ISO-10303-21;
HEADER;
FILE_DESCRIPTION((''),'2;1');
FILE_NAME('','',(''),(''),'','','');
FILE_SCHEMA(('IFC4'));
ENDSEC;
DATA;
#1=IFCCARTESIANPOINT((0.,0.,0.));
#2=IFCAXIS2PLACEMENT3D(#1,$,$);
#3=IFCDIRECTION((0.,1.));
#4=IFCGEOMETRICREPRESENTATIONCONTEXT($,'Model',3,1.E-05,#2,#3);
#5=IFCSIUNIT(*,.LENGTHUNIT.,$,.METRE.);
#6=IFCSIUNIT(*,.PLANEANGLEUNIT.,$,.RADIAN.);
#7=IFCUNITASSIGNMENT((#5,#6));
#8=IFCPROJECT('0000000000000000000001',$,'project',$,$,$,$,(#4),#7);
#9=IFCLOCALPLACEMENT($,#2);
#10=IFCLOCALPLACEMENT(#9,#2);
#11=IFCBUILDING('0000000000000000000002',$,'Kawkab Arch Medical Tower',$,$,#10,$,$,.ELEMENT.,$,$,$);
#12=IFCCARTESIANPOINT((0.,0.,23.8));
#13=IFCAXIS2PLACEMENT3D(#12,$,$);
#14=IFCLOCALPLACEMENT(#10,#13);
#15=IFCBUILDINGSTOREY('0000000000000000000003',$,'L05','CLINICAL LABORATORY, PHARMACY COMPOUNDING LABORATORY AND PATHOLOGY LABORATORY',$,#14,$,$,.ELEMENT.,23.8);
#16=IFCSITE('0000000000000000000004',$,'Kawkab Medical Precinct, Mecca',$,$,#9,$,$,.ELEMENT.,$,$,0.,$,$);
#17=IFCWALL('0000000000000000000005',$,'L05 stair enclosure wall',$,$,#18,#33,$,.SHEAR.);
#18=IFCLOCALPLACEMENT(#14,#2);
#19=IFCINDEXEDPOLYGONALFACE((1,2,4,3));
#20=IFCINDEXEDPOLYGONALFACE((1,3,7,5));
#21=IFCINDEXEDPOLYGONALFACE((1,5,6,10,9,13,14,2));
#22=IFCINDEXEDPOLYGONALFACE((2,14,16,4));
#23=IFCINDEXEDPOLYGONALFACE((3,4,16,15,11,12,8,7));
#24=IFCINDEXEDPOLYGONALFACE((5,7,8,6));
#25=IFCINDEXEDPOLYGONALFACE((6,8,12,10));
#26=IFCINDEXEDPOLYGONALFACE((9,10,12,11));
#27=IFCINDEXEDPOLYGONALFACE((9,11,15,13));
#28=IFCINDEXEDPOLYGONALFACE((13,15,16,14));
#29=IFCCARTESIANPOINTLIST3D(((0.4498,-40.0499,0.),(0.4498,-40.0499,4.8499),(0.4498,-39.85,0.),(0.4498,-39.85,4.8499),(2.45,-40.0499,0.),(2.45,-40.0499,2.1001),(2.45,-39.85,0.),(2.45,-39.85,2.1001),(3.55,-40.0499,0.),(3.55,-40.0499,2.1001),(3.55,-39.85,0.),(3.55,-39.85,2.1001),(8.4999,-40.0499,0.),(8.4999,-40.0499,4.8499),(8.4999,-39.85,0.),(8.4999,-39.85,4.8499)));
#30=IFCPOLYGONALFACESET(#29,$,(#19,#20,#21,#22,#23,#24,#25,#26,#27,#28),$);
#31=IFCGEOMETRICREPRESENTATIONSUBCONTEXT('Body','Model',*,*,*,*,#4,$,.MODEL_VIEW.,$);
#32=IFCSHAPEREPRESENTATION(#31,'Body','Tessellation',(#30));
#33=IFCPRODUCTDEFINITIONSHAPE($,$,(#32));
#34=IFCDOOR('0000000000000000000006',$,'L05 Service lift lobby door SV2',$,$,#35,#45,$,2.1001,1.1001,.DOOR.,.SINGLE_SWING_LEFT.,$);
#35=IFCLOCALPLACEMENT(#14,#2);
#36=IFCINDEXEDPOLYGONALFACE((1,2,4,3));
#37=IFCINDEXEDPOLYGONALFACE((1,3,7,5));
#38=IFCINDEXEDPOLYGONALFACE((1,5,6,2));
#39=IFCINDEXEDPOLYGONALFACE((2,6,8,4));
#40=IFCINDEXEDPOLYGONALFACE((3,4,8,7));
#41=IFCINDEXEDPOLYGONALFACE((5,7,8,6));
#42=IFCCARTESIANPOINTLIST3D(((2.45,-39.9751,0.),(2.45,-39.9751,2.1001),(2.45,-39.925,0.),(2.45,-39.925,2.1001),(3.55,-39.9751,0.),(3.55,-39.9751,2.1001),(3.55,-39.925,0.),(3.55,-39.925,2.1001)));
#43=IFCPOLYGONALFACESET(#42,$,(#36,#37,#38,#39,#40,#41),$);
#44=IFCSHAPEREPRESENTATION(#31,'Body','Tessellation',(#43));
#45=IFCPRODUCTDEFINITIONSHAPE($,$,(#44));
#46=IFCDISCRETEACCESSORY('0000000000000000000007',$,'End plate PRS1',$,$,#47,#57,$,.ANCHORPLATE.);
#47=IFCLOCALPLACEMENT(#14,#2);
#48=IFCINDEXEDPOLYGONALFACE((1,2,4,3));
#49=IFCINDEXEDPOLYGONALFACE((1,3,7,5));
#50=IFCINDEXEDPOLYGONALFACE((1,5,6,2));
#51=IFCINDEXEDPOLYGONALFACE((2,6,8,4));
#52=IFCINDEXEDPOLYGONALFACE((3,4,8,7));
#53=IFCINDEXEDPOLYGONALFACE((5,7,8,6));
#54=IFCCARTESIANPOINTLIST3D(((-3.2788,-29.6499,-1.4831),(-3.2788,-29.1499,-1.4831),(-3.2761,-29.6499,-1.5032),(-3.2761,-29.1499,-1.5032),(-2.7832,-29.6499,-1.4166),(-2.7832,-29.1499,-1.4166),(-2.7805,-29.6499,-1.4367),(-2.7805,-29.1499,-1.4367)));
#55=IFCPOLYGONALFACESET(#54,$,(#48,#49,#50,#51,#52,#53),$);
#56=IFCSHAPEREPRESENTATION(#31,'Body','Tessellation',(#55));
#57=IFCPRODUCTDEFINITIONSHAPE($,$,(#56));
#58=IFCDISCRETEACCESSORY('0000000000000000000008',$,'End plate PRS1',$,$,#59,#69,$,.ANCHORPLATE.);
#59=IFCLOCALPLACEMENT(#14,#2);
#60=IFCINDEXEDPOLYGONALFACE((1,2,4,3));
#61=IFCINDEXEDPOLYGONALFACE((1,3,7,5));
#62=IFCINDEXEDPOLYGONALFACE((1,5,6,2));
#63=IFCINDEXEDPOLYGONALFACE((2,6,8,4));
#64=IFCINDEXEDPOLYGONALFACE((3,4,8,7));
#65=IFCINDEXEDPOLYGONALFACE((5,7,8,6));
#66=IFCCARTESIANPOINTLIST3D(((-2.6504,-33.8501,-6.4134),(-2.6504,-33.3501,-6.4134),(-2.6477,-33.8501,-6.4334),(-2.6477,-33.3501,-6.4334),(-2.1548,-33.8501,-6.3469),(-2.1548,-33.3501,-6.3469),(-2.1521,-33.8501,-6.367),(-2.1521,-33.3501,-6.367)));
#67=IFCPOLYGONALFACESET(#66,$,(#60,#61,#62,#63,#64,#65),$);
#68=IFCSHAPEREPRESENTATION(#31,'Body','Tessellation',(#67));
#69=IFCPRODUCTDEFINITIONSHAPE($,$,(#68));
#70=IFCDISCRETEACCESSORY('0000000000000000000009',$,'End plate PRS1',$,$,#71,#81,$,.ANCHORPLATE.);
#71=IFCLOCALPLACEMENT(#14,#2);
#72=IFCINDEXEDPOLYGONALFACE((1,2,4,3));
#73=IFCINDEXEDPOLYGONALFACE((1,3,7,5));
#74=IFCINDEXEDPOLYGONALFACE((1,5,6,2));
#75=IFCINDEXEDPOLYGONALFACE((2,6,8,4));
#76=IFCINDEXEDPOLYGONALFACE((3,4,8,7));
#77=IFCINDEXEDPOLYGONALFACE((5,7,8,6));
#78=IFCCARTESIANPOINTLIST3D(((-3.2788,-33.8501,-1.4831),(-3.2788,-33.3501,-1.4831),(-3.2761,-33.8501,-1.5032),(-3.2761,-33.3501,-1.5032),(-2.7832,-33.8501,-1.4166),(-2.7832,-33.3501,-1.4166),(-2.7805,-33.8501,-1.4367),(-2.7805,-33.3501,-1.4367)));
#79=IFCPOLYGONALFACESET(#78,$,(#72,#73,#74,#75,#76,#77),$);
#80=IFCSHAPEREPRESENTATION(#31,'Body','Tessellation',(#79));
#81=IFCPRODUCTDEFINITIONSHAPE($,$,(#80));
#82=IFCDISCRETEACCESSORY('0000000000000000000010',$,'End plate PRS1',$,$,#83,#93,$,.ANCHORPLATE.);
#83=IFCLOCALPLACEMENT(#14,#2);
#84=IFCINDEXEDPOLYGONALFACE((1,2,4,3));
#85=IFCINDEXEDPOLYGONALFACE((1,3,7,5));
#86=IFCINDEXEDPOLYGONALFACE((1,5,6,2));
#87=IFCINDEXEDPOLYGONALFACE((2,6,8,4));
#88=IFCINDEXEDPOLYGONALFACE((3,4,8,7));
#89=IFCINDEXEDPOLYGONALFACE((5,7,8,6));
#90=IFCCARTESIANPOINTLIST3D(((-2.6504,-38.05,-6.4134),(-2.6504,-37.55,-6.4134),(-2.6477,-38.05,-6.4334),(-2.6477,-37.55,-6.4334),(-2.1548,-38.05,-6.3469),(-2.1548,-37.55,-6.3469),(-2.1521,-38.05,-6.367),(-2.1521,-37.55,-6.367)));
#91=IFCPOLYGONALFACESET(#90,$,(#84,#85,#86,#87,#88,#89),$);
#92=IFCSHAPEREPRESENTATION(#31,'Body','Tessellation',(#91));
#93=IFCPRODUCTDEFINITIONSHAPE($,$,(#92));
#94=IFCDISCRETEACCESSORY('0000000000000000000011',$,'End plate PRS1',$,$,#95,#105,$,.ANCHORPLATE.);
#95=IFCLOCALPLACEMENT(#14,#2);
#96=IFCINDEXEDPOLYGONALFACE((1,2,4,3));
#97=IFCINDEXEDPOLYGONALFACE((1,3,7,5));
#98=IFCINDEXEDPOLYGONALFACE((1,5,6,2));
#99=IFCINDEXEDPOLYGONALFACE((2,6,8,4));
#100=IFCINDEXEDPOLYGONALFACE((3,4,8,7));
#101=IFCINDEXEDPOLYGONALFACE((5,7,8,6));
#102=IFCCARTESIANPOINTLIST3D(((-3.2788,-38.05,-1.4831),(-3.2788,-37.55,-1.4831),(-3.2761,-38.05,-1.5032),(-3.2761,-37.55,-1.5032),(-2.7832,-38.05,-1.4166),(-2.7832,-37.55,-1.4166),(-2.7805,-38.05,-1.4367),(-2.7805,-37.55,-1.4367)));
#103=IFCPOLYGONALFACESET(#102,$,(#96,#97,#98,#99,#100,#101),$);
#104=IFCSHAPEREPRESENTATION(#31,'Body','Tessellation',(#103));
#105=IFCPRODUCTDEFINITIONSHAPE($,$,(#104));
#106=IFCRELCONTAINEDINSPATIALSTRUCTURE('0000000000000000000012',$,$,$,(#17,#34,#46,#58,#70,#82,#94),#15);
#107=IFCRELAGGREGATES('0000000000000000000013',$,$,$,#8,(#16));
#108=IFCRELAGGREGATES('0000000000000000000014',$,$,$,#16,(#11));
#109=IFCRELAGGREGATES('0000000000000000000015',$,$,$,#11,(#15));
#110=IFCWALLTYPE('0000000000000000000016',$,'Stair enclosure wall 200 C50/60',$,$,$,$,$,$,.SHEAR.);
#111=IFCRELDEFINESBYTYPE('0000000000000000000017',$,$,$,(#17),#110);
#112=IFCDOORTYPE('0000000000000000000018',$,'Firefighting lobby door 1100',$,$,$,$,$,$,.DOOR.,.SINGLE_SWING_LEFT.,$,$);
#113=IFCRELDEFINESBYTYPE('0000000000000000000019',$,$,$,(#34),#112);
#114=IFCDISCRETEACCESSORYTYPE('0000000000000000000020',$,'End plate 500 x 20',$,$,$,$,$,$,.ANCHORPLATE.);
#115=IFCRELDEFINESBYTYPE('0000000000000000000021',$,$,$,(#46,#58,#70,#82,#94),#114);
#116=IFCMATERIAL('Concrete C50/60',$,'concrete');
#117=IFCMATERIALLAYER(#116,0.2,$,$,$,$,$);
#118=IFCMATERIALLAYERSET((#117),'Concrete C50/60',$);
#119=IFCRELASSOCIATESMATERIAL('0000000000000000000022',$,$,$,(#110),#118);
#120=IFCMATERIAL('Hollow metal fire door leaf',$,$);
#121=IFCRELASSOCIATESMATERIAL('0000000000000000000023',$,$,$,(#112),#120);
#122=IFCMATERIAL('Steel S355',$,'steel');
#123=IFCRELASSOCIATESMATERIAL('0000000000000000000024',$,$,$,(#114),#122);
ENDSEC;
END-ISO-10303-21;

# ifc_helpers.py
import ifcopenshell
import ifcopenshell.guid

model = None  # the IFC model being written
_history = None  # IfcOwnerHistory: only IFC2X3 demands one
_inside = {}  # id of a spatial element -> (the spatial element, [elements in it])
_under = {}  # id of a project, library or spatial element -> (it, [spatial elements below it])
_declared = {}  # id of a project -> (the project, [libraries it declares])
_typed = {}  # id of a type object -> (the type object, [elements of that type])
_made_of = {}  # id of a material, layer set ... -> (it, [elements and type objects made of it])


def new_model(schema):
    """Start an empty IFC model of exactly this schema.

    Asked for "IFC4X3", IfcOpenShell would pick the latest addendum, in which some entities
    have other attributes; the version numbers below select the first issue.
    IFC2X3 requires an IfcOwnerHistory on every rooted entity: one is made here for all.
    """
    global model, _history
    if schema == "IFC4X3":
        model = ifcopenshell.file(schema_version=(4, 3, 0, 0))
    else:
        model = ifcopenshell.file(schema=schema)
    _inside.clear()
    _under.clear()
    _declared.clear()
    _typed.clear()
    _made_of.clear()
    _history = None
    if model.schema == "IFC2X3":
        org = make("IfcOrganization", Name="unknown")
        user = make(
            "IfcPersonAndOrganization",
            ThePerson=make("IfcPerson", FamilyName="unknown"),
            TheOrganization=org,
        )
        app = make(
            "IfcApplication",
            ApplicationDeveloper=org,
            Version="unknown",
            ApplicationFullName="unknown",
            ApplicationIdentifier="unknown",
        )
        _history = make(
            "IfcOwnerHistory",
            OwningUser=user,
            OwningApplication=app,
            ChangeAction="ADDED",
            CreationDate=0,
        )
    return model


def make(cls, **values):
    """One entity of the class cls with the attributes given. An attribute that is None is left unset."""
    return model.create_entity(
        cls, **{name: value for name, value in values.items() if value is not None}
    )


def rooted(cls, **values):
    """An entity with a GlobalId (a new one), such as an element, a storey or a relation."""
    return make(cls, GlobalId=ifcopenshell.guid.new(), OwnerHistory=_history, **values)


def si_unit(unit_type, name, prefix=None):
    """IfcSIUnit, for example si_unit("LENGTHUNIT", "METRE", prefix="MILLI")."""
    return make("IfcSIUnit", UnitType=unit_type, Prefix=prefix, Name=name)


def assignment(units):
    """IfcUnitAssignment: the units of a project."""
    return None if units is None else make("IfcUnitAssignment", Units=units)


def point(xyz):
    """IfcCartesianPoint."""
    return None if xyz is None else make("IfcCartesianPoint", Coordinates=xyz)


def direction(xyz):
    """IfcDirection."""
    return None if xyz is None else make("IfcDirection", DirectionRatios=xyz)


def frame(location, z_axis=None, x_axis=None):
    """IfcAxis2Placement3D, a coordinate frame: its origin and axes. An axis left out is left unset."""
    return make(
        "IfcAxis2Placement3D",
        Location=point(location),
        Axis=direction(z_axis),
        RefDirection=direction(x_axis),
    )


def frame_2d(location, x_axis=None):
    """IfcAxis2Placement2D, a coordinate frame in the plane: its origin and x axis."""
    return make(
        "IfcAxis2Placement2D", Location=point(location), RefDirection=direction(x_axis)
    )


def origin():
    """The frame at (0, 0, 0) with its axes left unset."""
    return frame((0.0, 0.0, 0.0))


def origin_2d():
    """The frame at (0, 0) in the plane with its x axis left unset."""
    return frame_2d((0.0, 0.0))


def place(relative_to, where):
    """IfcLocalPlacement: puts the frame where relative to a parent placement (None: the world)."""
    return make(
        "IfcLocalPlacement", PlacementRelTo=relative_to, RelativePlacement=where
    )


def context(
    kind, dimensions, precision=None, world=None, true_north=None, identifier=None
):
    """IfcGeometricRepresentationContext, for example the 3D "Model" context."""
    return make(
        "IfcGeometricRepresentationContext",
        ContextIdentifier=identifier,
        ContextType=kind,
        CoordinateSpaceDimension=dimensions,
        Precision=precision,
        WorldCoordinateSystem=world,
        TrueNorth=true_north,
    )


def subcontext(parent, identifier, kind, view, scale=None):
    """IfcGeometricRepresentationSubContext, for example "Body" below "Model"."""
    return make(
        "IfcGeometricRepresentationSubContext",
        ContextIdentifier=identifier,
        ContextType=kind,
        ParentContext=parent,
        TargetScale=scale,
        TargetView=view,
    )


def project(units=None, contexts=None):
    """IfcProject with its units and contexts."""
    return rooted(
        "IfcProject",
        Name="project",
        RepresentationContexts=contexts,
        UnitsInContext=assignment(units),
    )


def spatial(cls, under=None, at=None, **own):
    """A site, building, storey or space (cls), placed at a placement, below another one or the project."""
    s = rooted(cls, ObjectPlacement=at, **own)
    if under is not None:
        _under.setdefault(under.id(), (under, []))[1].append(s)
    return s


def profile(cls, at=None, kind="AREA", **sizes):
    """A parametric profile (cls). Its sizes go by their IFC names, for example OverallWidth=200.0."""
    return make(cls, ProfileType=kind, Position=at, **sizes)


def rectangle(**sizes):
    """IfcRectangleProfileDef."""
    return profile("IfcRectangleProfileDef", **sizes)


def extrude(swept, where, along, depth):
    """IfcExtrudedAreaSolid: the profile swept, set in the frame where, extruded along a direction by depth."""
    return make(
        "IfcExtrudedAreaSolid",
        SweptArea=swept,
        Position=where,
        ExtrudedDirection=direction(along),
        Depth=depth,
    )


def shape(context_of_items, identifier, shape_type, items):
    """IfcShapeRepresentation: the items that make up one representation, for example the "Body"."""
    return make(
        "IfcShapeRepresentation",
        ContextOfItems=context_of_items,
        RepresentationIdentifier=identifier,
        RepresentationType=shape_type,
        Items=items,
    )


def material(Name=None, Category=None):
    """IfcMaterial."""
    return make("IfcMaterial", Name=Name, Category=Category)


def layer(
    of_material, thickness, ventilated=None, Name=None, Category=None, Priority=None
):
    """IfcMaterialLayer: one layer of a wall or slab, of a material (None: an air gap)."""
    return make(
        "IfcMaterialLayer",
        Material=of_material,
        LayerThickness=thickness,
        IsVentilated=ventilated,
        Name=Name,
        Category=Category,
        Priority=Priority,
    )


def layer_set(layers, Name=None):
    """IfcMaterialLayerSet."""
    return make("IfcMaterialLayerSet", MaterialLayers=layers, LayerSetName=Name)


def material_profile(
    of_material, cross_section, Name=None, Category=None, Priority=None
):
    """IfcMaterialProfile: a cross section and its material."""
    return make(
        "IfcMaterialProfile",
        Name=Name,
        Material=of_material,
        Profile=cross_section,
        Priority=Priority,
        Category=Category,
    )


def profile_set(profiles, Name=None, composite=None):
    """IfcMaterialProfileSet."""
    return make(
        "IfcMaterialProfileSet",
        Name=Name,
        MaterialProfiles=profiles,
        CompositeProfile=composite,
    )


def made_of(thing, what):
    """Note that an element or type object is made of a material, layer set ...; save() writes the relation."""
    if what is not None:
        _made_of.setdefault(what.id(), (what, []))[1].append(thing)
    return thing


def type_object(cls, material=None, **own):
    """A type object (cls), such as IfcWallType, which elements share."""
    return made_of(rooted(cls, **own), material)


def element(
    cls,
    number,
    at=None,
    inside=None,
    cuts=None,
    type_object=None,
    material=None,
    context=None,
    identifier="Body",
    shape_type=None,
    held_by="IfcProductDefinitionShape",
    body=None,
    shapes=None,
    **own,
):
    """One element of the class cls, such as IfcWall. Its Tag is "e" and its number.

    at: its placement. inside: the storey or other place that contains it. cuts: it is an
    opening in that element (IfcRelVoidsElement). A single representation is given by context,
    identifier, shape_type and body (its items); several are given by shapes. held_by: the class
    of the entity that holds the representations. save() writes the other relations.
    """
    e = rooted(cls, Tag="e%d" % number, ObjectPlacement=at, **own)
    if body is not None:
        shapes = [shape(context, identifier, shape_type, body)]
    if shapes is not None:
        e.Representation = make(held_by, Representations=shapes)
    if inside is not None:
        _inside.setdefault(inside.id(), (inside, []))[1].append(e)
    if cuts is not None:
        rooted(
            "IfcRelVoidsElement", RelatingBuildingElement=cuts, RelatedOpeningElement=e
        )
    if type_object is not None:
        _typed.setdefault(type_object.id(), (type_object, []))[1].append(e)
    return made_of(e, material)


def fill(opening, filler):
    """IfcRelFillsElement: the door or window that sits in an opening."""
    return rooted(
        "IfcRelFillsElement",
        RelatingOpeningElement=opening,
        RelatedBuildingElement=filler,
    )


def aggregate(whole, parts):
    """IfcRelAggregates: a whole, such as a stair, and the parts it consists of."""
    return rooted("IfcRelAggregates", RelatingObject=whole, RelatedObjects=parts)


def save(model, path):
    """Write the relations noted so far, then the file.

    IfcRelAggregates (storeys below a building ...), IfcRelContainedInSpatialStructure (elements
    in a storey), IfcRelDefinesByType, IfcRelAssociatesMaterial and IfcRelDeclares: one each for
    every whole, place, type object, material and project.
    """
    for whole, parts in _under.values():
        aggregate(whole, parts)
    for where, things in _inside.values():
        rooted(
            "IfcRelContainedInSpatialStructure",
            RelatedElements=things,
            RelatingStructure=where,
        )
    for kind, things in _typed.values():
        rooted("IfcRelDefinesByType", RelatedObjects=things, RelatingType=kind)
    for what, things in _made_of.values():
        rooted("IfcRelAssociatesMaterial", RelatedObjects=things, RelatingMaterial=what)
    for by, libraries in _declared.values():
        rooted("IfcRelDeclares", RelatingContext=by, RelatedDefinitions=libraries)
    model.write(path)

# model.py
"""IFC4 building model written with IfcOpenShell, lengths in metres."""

from ifc_helpers import new_model, si_unit, direction, frame, frame_2d, origin, origin_2d, place, context, subcontext, project, spatial, rectangle, extrude, material, layer, layer_set, material_profile, profile_set, type_object, element, fill, save


model = new_model("IFC4")

# Units and contexts
model_context = context("Model", 3, precision=1e-05, world=origin(), true_north=direction((0.0, 1.0)))
body_context = subcontext(model_context, "Body", "Model", "MODEL_VIEW")
ifc_project = project(units=[si_unit("LENGTHUNIT", "METRE"), si_unit("PLANEANGLEUNIT", "RADIAN")], contexts=[model_context])

# Site, building, storey
site_placement = place(None, origin())
site = spatial("IfcSite", under=ifc_project, at=site_placement, Name="Kawkab Medical Precinct, Mecca", CompositionType="ELEMENT", RefElevation=0.0)
building_placement = place(site_placement, origin())
building = spatial("IfcBuilding", under=site, at=building_placement, Name="Kawkab Arch Medical Tower", CompositionType="ELEMENT")
storey_placement = place(building_placement, frame((0.0, 0.0, 23.8)))
storey = spatial("IfcBuildingStorey", under=building, at=storey_placement, Name="L05", Description="CLINICAL LABORATORY, PHARMACY COMPOUNDING LABORATORY AND PATHOLOGY LABORATORY", CompositionType="ELEMENT", Elevation=23.8)

# Wall, opening, door
ifc_material_1 = material(Name="Concrete C50/60", Category="concrete")
ifc_layer_1 = layer(ifc_material_1, 0.2)
ifc_layer_set_1 = layer_set([ifc_layer_1], Name="Concrete C50/60")
wall_type_1 = type_object("IfcWallType", Name="Stair enclosure wall 200 C50/60", PredefinedType="SHEAR", material=ifc_layer_set_1)
wall_1_placement = place(storey_placement, frame((0.45, -39.95, 0.0), z_axis=(0.0, 0.0, 1.0), x_axis=(1.0, 0.0, 0.0)))
wall_1 = element("IfcWall", 1, at=wall_1_placement, inside=storey, type_object=wall_type_1, Name="L05 stair enclosure wall", PredefinedType="SHEAR", context=body_context, shape_type="SweptSolid", body=[
    extrude(rectangle(XDim=8.05, YDim=0.2, at=frame_2d((4.0249, 0.0))), origin(), (0.0, 0.0, 1.0), 4.8499),
])
opening_1_placement = place(wall_1_placement, frame((2.0, 0.0, 0.0)))
opening_1 = element("IfcOpeningElement", 2, at=opening_1_placement, cuts=wall_1, PredefinedType="OPENING", context=body_context, shape_type="SweptSolid", body=[
    extrude(rectangle(XDim=1.1001, YDim=2.1001, at=frame_2d((0.55, 1.05))), frame((0.0, 0.1099, 0.0), z_axis=(0.0, -1.0, 0.0), x_axis=(1.0, 0.0, 0.0)), (0.0, 0.0, 1.0), 0.22),
])
ifc_material_2 = material(Name="Hollow metal fire door leaf")
door_type_1 = type_object("IfcDoorType", Name="Firefighting lobby door 1100", OperationType="SINGLE_SWING_LEFT", PredefinedType="DOOR", material=ifc_material_2)
door_1_placement = place(opening_1_placement, origin())
door_1 = element("IfcDoor", 3, at=door_1_placement, inside=storey, type_object=door_type_1, Name="L05 Service lift lobby door SV2", OperationType="SINGLE_SWING_LEFT", OverallHeight=2.1001, OverallWidth=1.1001, PredefinedType="DOOR", context=body_context, shape_type="SweptSolid", body=[
    extrude(rectangle(XDim=1.1001, YDim=2.1001, at=frame_2d((0.55, 1.05))), frame((0.0, 0.0249, 0.0), z_axis=(0.0, -1.0, 0.0), x_axis=(1.0, 0.0, 0.0)), (0.0, 0.0, 1.0), 0.05),
])
fill(opening_1, door_1)

# Discrete accessories
ifc_material_3 = material(Name="Steel S355", Category="steel")
ifc_material_profile_1 = material_profile(ifc_material_3, rectangle(XDim=0.5, YDim=0.5, at=origin_2d()), Name="End plate 500 x 20")
ifc_profile_set_1 = profile_set([ifc_material_profile_1], Name="Steel S355")
discrete_accessory_type = type_object("IfcDiscreteAccessoryType", Name="End plate 500 x 20", PredefinedType="ANCHORPLATE", material=ifc_profile_set_1)
for number, where, z_axis, x_axis, name in (
    (4, (-3.0283, -29.3999, -1.47), (-0.132955, 0.0, 0.991122), (0.0, -1.0, 0.0), "End plate PRS1"),
    (5, (-2.4026, -33.6001, -6.3801), (0.132955, 0.0, -0.991122), (0.0, 1.0, 0.0), "End plate PRS1"),
    (6, (-3.0283, -33.6001, -1.47), (-0.132955, 0.0, 0.991122), (0.0, -1.0, 0.0), "End plate PRS1"),
    (7, (-2.4026, -37.8, -6.3801), (0.132955, 0.0, -0.991122), (0.0, 1.0, 0.0), "End plate PRS1"),
    (8, (-3.0283, -37.8, -1.47), (-0.132955, 0.0, 0.991122), (0.0, -1.0, 0.0), "End plate PRS1"),
):
    element("IfcDiscreteAccessory", number, at=place(storey_placement, frame(where, z_axis=z_axis, x_axis=x_axis)), inside=storey, type_object=discrete_accessory_type, Name=name, PredefinedType="ANCHORPLATE", context=body_context, shape_type="SweptSolid", body=[
        extrude(rectangle(XDim=0.5, YDim=0.5, at=origin_2d()), origin(), (0.0, 0.0, 1.0), 0.0203),
    ])

save(model, "model.ifc")
